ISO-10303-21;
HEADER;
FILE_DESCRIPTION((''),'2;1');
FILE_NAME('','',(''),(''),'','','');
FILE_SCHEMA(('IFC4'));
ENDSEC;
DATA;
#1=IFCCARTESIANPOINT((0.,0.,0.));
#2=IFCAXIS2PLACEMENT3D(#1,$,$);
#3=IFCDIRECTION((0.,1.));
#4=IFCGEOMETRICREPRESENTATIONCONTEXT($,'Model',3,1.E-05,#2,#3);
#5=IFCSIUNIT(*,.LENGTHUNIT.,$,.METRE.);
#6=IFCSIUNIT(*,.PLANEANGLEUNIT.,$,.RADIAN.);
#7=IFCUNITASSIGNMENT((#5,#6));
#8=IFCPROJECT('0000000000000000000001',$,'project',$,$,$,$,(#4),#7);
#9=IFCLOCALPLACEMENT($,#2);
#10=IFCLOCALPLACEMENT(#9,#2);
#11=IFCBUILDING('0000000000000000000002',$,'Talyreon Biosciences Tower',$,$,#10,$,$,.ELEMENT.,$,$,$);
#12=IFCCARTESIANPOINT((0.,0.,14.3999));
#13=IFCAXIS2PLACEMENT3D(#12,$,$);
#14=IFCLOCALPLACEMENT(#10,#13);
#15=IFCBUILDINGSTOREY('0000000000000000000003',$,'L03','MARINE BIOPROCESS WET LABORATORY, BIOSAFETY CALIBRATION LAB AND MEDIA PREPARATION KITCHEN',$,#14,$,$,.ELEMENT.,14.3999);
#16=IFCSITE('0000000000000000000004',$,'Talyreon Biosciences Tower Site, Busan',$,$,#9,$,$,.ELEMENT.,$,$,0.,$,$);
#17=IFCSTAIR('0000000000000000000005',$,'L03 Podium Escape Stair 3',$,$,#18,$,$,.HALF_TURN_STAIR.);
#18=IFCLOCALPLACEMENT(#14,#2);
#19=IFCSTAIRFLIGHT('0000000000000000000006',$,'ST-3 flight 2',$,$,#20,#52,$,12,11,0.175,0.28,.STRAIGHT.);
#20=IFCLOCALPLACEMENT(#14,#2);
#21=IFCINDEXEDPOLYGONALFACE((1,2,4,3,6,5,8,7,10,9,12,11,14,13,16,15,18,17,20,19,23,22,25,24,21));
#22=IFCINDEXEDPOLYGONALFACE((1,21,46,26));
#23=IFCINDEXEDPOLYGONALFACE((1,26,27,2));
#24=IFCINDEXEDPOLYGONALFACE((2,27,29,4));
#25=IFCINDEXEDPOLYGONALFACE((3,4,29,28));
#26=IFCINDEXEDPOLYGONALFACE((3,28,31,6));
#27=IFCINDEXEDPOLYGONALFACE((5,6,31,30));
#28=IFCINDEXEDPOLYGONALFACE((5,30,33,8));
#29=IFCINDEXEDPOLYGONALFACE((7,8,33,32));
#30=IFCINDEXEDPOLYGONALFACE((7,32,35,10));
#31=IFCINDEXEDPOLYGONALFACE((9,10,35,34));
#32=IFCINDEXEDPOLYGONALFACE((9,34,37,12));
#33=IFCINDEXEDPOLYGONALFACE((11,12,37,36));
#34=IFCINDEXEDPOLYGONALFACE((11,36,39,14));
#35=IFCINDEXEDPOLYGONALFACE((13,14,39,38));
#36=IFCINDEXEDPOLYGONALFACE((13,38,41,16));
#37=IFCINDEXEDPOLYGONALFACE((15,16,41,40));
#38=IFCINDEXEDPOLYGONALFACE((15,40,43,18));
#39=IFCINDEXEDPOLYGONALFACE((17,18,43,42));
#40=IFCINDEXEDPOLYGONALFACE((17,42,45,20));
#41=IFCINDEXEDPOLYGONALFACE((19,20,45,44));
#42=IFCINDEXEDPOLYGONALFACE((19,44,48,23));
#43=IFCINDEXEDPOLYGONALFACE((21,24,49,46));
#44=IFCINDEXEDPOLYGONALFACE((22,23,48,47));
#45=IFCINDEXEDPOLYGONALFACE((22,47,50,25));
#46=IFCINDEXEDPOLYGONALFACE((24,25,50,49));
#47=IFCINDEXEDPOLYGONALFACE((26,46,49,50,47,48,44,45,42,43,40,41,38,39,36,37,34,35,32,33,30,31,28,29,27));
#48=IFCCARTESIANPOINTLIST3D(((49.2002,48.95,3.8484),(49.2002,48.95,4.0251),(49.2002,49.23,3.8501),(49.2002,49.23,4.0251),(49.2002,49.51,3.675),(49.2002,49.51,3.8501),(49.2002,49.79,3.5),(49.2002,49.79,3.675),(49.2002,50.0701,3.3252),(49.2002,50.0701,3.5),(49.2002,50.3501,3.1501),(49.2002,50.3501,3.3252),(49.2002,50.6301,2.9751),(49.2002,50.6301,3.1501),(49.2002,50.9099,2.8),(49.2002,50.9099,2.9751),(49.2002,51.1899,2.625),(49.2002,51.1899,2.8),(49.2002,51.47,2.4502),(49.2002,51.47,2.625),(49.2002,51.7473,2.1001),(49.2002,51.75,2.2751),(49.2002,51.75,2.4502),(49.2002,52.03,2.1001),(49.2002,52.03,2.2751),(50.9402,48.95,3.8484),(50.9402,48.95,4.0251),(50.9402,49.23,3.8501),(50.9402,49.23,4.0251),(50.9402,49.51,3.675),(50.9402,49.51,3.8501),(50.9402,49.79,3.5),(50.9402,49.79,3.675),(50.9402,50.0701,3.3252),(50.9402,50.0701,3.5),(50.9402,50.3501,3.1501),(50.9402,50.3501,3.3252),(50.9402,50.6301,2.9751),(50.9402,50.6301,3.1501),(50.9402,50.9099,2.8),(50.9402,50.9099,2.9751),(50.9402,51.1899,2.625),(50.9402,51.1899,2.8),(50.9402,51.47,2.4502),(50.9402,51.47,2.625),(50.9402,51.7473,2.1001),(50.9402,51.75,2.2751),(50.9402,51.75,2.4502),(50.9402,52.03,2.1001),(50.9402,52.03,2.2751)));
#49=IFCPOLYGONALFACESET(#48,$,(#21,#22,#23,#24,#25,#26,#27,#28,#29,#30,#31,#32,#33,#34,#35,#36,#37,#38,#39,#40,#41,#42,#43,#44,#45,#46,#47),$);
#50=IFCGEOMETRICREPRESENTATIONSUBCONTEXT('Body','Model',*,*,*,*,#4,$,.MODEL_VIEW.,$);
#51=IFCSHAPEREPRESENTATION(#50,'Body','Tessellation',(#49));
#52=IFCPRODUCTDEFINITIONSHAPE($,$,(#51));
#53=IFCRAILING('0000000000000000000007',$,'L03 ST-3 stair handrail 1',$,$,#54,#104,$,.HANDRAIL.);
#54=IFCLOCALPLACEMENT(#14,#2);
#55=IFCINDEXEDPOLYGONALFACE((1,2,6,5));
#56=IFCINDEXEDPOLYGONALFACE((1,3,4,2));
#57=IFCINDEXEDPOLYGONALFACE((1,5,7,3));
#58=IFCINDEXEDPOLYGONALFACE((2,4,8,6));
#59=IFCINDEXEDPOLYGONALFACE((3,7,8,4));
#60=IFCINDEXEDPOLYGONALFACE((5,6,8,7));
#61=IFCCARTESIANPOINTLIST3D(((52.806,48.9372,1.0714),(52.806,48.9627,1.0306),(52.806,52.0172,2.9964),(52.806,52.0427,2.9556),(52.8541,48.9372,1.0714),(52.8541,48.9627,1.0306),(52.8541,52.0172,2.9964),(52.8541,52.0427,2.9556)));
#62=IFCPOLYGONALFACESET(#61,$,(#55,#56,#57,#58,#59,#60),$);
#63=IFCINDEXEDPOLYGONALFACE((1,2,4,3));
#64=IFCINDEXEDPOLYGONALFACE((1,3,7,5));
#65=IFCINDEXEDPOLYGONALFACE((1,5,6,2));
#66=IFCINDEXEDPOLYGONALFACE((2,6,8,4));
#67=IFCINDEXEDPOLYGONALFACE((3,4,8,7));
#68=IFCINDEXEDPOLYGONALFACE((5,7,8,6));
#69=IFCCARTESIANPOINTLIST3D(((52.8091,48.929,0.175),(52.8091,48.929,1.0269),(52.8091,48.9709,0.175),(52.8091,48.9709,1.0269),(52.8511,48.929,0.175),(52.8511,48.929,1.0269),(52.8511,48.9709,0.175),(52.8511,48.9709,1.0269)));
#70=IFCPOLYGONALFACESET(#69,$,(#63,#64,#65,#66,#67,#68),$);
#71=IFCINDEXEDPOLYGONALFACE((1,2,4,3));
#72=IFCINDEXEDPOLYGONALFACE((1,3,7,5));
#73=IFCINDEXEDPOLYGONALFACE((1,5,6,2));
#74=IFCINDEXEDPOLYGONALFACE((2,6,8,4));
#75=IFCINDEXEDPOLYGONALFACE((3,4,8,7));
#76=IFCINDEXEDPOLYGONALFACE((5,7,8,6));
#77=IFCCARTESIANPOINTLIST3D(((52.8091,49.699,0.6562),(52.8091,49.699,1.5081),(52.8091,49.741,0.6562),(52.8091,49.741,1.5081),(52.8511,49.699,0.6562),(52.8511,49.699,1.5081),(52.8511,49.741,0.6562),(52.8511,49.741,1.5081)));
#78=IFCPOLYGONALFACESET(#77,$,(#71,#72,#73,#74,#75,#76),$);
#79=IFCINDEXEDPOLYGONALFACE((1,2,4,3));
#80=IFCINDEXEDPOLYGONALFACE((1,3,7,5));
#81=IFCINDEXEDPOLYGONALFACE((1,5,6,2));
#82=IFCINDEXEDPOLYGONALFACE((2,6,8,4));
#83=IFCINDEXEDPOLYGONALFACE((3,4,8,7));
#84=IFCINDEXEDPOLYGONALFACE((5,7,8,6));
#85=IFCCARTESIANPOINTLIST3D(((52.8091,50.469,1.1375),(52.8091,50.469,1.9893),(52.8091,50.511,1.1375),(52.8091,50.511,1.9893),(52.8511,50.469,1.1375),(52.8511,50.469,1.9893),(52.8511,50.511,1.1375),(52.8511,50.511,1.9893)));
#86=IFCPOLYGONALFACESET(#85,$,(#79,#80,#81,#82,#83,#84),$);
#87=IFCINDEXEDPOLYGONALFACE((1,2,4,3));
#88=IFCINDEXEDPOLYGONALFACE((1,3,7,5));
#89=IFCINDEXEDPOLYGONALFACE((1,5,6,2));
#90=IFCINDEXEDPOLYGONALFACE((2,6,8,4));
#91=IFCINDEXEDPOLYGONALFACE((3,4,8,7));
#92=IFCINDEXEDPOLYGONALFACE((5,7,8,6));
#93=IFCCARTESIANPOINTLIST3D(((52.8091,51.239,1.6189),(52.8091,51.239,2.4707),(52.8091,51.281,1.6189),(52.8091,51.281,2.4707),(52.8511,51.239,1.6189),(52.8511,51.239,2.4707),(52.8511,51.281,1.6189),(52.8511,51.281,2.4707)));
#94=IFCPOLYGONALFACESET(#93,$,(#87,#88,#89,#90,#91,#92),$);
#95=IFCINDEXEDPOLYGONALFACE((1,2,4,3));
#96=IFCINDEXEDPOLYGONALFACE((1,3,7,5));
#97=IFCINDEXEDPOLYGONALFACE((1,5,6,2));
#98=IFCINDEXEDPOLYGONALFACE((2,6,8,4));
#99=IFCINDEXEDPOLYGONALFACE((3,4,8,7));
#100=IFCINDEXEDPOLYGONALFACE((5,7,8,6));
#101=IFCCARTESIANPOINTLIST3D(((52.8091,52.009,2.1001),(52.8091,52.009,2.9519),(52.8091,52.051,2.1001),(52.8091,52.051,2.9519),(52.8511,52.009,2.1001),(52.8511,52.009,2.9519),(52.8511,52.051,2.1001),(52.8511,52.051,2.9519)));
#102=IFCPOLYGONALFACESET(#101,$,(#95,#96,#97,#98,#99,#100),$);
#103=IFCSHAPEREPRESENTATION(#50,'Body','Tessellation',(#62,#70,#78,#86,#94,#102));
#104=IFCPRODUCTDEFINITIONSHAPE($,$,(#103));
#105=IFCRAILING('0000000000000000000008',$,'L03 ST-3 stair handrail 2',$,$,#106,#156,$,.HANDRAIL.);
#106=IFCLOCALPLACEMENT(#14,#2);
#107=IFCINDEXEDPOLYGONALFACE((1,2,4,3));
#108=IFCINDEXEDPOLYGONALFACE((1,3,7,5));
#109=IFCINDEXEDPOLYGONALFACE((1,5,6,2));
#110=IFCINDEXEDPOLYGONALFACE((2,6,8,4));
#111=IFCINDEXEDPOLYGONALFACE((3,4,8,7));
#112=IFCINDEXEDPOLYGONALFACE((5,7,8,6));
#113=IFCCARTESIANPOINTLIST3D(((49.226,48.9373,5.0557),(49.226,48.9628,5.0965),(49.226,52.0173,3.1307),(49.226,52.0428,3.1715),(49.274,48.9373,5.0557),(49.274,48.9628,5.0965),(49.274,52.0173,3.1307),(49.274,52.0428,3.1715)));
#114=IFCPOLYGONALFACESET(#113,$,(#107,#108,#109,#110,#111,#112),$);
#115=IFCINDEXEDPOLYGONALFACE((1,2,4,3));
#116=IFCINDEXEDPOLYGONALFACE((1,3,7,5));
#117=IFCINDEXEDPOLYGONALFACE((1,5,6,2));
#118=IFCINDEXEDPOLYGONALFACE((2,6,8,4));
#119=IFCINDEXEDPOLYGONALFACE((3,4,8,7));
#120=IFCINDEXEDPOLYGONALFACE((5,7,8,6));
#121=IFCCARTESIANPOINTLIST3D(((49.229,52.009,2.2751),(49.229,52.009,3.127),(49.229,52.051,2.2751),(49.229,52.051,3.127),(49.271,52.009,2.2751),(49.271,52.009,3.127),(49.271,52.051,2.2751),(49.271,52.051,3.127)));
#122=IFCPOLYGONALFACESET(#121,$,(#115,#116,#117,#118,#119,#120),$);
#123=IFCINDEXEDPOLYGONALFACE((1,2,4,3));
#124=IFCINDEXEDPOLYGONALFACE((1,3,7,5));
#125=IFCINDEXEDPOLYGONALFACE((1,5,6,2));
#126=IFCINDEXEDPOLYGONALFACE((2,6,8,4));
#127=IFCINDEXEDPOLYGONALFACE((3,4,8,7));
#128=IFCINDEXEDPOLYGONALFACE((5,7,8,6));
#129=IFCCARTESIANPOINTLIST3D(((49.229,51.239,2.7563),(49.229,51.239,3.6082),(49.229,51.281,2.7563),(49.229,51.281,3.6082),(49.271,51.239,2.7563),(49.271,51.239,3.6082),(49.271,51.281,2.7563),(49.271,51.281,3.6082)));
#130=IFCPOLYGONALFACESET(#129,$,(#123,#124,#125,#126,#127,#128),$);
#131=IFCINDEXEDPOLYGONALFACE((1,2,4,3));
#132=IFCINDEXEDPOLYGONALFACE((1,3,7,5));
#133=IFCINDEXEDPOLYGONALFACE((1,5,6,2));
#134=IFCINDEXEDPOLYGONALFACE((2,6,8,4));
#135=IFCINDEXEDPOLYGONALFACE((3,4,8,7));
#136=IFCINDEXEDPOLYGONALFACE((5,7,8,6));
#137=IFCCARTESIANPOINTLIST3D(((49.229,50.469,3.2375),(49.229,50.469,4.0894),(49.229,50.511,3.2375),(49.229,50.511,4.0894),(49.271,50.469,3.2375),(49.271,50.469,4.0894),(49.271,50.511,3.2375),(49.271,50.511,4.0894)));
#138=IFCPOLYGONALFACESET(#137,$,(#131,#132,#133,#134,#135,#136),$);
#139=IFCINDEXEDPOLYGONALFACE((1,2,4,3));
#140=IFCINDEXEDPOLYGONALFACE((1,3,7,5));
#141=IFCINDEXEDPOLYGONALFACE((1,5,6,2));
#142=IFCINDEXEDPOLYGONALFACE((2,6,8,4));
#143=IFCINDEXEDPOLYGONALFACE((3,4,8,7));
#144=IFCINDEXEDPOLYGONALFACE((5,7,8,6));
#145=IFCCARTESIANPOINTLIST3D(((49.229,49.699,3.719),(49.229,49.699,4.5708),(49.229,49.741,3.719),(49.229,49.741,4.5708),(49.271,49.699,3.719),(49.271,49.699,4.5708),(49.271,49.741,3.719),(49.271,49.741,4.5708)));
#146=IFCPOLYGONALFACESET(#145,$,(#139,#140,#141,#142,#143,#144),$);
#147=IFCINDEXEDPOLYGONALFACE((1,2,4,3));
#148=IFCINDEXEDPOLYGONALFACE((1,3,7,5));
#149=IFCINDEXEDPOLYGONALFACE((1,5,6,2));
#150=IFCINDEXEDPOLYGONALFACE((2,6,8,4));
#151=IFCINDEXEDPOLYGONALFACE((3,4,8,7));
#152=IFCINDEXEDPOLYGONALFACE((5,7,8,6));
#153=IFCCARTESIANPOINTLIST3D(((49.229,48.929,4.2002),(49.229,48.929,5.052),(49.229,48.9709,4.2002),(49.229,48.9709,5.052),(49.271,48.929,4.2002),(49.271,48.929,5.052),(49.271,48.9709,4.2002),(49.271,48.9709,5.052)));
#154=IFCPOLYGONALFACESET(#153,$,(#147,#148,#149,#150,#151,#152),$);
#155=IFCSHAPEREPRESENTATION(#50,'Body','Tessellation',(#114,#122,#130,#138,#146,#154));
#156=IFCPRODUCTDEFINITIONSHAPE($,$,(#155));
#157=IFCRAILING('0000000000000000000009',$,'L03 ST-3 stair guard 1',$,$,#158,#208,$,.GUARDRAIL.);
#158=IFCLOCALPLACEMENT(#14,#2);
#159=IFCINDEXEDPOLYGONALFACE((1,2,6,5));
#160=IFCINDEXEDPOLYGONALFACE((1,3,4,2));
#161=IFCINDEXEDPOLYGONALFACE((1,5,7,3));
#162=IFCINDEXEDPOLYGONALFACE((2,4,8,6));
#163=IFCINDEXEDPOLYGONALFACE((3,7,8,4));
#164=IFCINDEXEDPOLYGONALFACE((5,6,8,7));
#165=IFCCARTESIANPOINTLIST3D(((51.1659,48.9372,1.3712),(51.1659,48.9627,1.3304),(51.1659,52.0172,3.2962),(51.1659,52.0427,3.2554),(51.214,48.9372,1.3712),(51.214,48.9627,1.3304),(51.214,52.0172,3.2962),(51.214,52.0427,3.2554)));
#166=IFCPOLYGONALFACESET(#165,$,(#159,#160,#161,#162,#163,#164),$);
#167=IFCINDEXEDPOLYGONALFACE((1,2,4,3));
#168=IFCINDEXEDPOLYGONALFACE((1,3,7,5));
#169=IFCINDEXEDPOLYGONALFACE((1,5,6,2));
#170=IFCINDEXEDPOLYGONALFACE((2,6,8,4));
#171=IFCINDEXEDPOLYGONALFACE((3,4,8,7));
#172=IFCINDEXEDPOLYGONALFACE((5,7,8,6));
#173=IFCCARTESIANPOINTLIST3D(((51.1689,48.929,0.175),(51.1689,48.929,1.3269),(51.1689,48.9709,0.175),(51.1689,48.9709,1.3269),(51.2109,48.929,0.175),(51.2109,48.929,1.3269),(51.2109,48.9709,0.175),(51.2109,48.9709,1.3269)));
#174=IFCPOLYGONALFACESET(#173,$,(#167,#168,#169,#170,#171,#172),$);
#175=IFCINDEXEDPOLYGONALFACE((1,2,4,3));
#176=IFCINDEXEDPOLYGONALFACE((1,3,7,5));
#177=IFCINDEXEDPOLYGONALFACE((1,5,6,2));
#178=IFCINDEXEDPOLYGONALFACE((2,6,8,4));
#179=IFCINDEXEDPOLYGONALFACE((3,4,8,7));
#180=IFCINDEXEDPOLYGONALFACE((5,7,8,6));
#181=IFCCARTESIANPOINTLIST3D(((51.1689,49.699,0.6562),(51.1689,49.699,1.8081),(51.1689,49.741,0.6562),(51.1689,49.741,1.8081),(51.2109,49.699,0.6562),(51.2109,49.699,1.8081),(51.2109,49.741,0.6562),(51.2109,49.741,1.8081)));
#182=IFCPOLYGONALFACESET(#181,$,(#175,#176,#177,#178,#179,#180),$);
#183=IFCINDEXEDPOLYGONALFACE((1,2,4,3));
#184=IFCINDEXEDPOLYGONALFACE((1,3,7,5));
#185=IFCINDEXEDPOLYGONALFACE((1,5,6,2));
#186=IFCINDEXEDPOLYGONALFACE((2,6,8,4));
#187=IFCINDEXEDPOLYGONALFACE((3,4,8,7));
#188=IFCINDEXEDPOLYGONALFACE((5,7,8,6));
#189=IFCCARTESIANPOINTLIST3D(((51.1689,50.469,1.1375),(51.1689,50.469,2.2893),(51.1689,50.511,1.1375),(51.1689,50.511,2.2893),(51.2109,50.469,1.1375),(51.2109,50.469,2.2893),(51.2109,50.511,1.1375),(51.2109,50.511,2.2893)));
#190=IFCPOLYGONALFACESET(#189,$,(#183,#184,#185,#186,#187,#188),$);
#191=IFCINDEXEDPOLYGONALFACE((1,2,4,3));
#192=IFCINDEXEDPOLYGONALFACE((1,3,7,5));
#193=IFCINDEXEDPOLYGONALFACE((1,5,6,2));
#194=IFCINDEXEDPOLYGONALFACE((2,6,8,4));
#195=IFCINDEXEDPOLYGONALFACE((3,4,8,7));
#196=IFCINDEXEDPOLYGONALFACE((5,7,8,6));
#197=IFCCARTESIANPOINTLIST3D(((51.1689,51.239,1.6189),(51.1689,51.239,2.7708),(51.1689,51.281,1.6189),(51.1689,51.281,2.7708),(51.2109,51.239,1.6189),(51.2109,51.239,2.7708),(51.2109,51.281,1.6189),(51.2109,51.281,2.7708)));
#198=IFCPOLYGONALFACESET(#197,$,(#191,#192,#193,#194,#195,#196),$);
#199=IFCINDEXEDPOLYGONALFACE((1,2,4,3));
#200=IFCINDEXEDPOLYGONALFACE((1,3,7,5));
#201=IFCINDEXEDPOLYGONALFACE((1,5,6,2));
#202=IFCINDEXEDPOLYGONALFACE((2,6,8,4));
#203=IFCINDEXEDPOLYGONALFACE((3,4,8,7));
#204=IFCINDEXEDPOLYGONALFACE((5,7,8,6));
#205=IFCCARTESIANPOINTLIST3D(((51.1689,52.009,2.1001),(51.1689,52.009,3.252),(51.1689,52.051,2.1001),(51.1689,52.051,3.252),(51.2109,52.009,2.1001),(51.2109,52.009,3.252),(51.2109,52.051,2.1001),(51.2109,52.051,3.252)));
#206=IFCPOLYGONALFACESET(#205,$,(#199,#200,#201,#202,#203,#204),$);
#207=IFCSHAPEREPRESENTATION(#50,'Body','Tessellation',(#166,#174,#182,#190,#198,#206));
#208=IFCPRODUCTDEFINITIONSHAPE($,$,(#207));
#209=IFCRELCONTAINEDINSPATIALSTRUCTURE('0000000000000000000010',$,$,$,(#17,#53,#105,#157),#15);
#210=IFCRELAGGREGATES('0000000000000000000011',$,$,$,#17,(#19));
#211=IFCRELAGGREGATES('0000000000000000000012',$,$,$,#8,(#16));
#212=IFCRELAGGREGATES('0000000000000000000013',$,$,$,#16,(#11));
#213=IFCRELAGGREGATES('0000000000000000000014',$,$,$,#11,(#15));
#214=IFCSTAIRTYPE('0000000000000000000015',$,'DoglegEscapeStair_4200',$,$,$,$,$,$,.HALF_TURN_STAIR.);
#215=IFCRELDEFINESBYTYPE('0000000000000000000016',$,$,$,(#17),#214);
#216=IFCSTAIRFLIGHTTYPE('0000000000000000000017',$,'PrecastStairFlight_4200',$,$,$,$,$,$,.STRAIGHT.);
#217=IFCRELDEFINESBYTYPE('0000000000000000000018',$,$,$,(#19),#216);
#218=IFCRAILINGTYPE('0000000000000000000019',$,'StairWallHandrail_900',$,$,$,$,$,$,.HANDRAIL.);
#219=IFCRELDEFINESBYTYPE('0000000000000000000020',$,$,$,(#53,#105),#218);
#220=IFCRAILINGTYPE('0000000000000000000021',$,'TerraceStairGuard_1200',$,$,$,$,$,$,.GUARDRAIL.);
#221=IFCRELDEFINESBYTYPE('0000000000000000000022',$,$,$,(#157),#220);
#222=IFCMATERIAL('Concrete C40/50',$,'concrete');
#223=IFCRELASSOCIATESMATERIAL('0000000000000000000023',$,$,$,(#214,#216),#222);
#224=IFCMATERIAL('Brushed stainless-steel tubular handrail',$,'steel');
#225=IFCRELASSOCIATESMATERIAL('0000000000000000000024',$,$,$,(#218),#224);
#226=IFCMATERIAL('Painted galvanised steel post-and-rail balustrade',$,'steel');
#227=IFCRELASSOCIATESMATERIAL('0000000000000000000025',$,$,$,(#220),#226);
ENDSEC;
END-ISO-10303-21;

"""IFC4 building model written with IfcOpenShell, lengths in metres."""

from ifc_helpers import new_model, si_unit, direction, frame, origin, origin_2d, place, context, subcontext, project, spatial, polyline, rectangle, outline, extrude, material, type_object, element, aggregate, save


model = new_model("IFC4")

# Units and contexts
model_context = context("Model", 3, precision=1e-05, world=origin(), true_north=direction((0.0, 1.0)))
body_context = subcontext(model_context, "Body", "Model", "MODEL_VIEW")
ifc_project = project(units=[si_unit("LENGTHUNIT", "METRE"), si_unit("PLANEANGLEUNIT", "RADIAN")], contexts=[model_context])

# Site, building, storey
site_placement = place(None, origin())
site = spatial("IfcSite", under=ifc_project, at=site_placement, Name="Talyreon Biosciences Tower Site, Busan", CompositionType="ELEMENT", RefElevation=0.0)
building_placement = place(site_placement, origin())
building = spatial("IfcBuilding", under=site, at=building_placement, Name="Talyreon Biosciences Tower", CompositionType="ELEMENT")
storey_placement = place(building_placement, frame((0.0, 0.0, 14.3999)))
storey = spatial("IfcBuildingStorey", under=building, at=storey_placement, Name="L03", Description="MARINE BIOPROCESS WET LABORATORY, BIOSAFETY CALIBRATION LAB AND MEDIA PREPARATION KITCHEN", CompositionType="ELEMENT", Elevation=14.3999)

# Shared definitions
ifc_material_1 = material(Name="Concrete C40/50", Category="concrete")

# Stair, stair flight
stair_type = type_object("IfcStairType", Name="DoglegEscapeStair_4200", PredefinedType="HALF_TURN_STAIR", material=ifc_material_1)
stair_placement = place(storey_placement, origin())
stair = element("IfcStair", 1, at=stair_placement, inside=storey, type_object=stair_type, Name="L03 Podium Escape Stair 3", PredefinedType="HALF_TURN_STAIR")
stair_flight_type = type_object("IfcStairFlightType", Name="PrecastStairFlight_4200", PredefinedType="STRAIGHT", material=ifc_material_1)
stair_flight_1_placement = place(storey_placement, frame((50.0701, 52.03, 2.1001), z_axis=(0.0, 0.0, 1.0), x_axis=(0.0, -1.0, 0.0)))
stair_flight_1 = element("IfcStairFlight", 2, at=stair_flight_1_placement, type_object=stair_flight_type, Name="ST-3 flight 2", NumberOfRisers=12, NumberOfTreads=11, PredefinedType="STRAIGHT", RiserHeight=0.175, TreadLength=0.28, context=body_context, shape_type="SweptSolid", body=[
    extrude(outline(polyline([(0.0, 0.0), (0.0, 0.175), (0.28, 0.175), (0.28, 0.3501), (0.5601, 0.3501), (0.5601, 0.5249), (0.8401, 0.5249), (0.8401, 0.7), (1.1201, 0.7), (1.1201, 0.875), (1.3999, 0.875), (1.3999, 1.05), (1.6799, 1.05), (1.6799, 1.2251), (1.96, 1.2251), (1.96, 1.3999), (2.24, 1.3999), (2.24, 1.575), (2.52, 1.575), (2.52, 1.75), (2.8, 1.75), (2.8, 1.925), (3.0801, 1.925), (3.0801, 2.1001), (3.0801, 1.7483), (0.2827, 0.0), (0.0, 0.0)])), frame((0.0, 0.8701, 0.0), z_axis=(0.0, -1.0, 0.0), x_axis=(1.0, 0.0, 0.0)), (0.0, 0.0, 1.0), 1.74),
])
aggregate(stair, [stair_flight_1])

# Railings
ifc_material_2 = material(Name="Brushed stainless-steel tubular handrail", Category="steel")
railing_type_1 = type_object("IfcRailingType", Name="StairWallHandrail_900", PredefinedType="HANDRAIL", material=ifc_material_2)
railing_1_placement = place(storey_placement, frame((52.8301, 48.95, 0.175)))
element("IfcRailing", 3, at=railing_1_placement, inside=storey, type_object=railing_type_1, Name="L03 ST-3 stair handrail 1", PredefinedType="HANDRAIL", context=body_context, shape_type="SweptSolid", body=[
    extrude(rectangle(XDim=0.0481, YDim=0.0481, at=origin_2d()), frame((0.0, 0.0, 0.876), z_axis=(0.0, 0.847998, 0.529999), x_axis=(-1.0, 0.0, 0.0)), (0.0, 0.0, 1.0), 3.6321),
    extrude(rectangle(XDim=0.042, YDim=0.042, at=origin_2d()), origin(), (0.0, 0.0, 1.0), 0.8518),
    extrude(rectangle(XDim=0.042, YDim=0.042, at=origin_2d()), frame((0.0, 0.77, 0.4812)), (0.0, 0.0, 1.0), 0.8518),
    extrude(rectangle(XDim=0.042, YDim=0.042, at=origin_2d()), frame((0.0, 1.54, 0.9624)), (0.0, 0.0, 1.0), 0.8518),
    extrude(rectangle(XDim=0.042, YDim=0.042, at=origin_2d()), frame((0.0, 2.3101, 1.4438)), (0.0, 0.0, 1.0), 0.8518),
    extrude(rectangle(XDim=0.042, YDim=0.042, at=origin_2d()), frame((0.0, 3.0801, 1.925)), (0.0, 0.0, 1.0), 0.8518),
])
railing_2_placement = place(storey_placement, frame((49.25, 52.03, 2.2751)))
element("IfcRailing", 4, at=railing_2_placement, inside=storey, type_object=railing_type_1, Name="L03 ST-3 stair handrail 2", PredefinedType="HANDRAIL", context=body_context, shape_type="SweptSolid", body=[
    extrude(rectangle(XDim=0.0481, YDim=0.0481, at=origin_2d()), frame((0.0, 0.0, 0.876), z_axis=(0.0, -0.847998, 0.529999), x_axis=(1.0, 0.0, 0.0)), (0.0, 0.0, 1.0), 3.6321),
    extrude(rectangle(XDim=0.042, YDim=0.042, at=origin_2d()), origin(), (0.0, 0.0, 1.0), 0.8518),
    extrude(rectangle(XDim=0.042, YDim=0.042, at=origin_2d()), frame((0.0, -0.77, 0.4812)), (0.0, 0.0, 1.0), 0.8518),
    extrude(rectangle(XDim=0.042, YDim=0.042, at=origin_2d()), frame((0.0, -1.54, 0.9624)), (0.0, 0.0, 1.0), 0.8518),
    extrude(rectangle(XDim=0.042, YDim=0.042, at=origin_2d()), frame((0.0, -2.3101, 1.4438)), (0.0, 0.0, 1.0), 0.8518),
    extrude(rectangle(XDim=0.042, YDim=0.042, at=origin_2d()), frame((0.0, -3.0801, 1.925)), (0.0, 0.0, 1.0), 0.8518),
])
ifc_material_3 = material(Name="Painted galvanised steel post-and-rail balustrade", Category="steel")
railing_type_2 = type_object("IfcRailingType", Name="TerraceStairGuard_1200", PredefinedType="GUARDRAIL", material=ifc_material_3)
railing_3_placement = place(storey_placement, frame((51.1899, 48.95, 0.175)))
element("IfcRailing", 5, at=railing_3_placement, inside=storey, type_object=railing_type_2, Name="L03 ST-3 stair guard 1", PredefinedType="GUARDRAIL", context=body_context, shape_type="SweptSolid", body=[
    extrude(rectangle(XDim=0.0481, YDim=0.0481, at=origin_2d()), frame((0.0, 0.0, 1.1758), z_axis=(0.0, 0.847998, 0.529999), x_axis=(-1.0, 0.0, 0.0)), (0.0, 0.0, 1.0), 3.6321),
    extrude(rectangle(XDim=0.042, YDim=0.042, at=origin_2d()), origin(), (0.0, 0.0, 1.0), 1.1519),
    extrude(rectangle(XDim=0.042, YDim=0.042, at=origin_2d()), frame((0.0, 0.77, 0.4812)), (0.0, 0.0, 1.0), 1.1519),
    extrude(rectangle(XDim=0.042, YDim=0.042, at=origin_2d()), frame((0.0, 1.54, 0.9624)), (0.0, 0.0, 1.0), 1.1519),
    extrude(rectangle(XDim=0.042, YDim=0.042, at=origin_2d()), frame((0.0, 2.3101, 1.4438)), (0.0, 0.0, 1.0), 1.1519),
    extrude(rectangle(XDim=0.042, YDim=0.042, at=origin_2d()), frame((0.0, 3.0801, 1.925)), (0.0, 0.0, 1.0), 1.1519),
])

save(model, "model.ifc")
